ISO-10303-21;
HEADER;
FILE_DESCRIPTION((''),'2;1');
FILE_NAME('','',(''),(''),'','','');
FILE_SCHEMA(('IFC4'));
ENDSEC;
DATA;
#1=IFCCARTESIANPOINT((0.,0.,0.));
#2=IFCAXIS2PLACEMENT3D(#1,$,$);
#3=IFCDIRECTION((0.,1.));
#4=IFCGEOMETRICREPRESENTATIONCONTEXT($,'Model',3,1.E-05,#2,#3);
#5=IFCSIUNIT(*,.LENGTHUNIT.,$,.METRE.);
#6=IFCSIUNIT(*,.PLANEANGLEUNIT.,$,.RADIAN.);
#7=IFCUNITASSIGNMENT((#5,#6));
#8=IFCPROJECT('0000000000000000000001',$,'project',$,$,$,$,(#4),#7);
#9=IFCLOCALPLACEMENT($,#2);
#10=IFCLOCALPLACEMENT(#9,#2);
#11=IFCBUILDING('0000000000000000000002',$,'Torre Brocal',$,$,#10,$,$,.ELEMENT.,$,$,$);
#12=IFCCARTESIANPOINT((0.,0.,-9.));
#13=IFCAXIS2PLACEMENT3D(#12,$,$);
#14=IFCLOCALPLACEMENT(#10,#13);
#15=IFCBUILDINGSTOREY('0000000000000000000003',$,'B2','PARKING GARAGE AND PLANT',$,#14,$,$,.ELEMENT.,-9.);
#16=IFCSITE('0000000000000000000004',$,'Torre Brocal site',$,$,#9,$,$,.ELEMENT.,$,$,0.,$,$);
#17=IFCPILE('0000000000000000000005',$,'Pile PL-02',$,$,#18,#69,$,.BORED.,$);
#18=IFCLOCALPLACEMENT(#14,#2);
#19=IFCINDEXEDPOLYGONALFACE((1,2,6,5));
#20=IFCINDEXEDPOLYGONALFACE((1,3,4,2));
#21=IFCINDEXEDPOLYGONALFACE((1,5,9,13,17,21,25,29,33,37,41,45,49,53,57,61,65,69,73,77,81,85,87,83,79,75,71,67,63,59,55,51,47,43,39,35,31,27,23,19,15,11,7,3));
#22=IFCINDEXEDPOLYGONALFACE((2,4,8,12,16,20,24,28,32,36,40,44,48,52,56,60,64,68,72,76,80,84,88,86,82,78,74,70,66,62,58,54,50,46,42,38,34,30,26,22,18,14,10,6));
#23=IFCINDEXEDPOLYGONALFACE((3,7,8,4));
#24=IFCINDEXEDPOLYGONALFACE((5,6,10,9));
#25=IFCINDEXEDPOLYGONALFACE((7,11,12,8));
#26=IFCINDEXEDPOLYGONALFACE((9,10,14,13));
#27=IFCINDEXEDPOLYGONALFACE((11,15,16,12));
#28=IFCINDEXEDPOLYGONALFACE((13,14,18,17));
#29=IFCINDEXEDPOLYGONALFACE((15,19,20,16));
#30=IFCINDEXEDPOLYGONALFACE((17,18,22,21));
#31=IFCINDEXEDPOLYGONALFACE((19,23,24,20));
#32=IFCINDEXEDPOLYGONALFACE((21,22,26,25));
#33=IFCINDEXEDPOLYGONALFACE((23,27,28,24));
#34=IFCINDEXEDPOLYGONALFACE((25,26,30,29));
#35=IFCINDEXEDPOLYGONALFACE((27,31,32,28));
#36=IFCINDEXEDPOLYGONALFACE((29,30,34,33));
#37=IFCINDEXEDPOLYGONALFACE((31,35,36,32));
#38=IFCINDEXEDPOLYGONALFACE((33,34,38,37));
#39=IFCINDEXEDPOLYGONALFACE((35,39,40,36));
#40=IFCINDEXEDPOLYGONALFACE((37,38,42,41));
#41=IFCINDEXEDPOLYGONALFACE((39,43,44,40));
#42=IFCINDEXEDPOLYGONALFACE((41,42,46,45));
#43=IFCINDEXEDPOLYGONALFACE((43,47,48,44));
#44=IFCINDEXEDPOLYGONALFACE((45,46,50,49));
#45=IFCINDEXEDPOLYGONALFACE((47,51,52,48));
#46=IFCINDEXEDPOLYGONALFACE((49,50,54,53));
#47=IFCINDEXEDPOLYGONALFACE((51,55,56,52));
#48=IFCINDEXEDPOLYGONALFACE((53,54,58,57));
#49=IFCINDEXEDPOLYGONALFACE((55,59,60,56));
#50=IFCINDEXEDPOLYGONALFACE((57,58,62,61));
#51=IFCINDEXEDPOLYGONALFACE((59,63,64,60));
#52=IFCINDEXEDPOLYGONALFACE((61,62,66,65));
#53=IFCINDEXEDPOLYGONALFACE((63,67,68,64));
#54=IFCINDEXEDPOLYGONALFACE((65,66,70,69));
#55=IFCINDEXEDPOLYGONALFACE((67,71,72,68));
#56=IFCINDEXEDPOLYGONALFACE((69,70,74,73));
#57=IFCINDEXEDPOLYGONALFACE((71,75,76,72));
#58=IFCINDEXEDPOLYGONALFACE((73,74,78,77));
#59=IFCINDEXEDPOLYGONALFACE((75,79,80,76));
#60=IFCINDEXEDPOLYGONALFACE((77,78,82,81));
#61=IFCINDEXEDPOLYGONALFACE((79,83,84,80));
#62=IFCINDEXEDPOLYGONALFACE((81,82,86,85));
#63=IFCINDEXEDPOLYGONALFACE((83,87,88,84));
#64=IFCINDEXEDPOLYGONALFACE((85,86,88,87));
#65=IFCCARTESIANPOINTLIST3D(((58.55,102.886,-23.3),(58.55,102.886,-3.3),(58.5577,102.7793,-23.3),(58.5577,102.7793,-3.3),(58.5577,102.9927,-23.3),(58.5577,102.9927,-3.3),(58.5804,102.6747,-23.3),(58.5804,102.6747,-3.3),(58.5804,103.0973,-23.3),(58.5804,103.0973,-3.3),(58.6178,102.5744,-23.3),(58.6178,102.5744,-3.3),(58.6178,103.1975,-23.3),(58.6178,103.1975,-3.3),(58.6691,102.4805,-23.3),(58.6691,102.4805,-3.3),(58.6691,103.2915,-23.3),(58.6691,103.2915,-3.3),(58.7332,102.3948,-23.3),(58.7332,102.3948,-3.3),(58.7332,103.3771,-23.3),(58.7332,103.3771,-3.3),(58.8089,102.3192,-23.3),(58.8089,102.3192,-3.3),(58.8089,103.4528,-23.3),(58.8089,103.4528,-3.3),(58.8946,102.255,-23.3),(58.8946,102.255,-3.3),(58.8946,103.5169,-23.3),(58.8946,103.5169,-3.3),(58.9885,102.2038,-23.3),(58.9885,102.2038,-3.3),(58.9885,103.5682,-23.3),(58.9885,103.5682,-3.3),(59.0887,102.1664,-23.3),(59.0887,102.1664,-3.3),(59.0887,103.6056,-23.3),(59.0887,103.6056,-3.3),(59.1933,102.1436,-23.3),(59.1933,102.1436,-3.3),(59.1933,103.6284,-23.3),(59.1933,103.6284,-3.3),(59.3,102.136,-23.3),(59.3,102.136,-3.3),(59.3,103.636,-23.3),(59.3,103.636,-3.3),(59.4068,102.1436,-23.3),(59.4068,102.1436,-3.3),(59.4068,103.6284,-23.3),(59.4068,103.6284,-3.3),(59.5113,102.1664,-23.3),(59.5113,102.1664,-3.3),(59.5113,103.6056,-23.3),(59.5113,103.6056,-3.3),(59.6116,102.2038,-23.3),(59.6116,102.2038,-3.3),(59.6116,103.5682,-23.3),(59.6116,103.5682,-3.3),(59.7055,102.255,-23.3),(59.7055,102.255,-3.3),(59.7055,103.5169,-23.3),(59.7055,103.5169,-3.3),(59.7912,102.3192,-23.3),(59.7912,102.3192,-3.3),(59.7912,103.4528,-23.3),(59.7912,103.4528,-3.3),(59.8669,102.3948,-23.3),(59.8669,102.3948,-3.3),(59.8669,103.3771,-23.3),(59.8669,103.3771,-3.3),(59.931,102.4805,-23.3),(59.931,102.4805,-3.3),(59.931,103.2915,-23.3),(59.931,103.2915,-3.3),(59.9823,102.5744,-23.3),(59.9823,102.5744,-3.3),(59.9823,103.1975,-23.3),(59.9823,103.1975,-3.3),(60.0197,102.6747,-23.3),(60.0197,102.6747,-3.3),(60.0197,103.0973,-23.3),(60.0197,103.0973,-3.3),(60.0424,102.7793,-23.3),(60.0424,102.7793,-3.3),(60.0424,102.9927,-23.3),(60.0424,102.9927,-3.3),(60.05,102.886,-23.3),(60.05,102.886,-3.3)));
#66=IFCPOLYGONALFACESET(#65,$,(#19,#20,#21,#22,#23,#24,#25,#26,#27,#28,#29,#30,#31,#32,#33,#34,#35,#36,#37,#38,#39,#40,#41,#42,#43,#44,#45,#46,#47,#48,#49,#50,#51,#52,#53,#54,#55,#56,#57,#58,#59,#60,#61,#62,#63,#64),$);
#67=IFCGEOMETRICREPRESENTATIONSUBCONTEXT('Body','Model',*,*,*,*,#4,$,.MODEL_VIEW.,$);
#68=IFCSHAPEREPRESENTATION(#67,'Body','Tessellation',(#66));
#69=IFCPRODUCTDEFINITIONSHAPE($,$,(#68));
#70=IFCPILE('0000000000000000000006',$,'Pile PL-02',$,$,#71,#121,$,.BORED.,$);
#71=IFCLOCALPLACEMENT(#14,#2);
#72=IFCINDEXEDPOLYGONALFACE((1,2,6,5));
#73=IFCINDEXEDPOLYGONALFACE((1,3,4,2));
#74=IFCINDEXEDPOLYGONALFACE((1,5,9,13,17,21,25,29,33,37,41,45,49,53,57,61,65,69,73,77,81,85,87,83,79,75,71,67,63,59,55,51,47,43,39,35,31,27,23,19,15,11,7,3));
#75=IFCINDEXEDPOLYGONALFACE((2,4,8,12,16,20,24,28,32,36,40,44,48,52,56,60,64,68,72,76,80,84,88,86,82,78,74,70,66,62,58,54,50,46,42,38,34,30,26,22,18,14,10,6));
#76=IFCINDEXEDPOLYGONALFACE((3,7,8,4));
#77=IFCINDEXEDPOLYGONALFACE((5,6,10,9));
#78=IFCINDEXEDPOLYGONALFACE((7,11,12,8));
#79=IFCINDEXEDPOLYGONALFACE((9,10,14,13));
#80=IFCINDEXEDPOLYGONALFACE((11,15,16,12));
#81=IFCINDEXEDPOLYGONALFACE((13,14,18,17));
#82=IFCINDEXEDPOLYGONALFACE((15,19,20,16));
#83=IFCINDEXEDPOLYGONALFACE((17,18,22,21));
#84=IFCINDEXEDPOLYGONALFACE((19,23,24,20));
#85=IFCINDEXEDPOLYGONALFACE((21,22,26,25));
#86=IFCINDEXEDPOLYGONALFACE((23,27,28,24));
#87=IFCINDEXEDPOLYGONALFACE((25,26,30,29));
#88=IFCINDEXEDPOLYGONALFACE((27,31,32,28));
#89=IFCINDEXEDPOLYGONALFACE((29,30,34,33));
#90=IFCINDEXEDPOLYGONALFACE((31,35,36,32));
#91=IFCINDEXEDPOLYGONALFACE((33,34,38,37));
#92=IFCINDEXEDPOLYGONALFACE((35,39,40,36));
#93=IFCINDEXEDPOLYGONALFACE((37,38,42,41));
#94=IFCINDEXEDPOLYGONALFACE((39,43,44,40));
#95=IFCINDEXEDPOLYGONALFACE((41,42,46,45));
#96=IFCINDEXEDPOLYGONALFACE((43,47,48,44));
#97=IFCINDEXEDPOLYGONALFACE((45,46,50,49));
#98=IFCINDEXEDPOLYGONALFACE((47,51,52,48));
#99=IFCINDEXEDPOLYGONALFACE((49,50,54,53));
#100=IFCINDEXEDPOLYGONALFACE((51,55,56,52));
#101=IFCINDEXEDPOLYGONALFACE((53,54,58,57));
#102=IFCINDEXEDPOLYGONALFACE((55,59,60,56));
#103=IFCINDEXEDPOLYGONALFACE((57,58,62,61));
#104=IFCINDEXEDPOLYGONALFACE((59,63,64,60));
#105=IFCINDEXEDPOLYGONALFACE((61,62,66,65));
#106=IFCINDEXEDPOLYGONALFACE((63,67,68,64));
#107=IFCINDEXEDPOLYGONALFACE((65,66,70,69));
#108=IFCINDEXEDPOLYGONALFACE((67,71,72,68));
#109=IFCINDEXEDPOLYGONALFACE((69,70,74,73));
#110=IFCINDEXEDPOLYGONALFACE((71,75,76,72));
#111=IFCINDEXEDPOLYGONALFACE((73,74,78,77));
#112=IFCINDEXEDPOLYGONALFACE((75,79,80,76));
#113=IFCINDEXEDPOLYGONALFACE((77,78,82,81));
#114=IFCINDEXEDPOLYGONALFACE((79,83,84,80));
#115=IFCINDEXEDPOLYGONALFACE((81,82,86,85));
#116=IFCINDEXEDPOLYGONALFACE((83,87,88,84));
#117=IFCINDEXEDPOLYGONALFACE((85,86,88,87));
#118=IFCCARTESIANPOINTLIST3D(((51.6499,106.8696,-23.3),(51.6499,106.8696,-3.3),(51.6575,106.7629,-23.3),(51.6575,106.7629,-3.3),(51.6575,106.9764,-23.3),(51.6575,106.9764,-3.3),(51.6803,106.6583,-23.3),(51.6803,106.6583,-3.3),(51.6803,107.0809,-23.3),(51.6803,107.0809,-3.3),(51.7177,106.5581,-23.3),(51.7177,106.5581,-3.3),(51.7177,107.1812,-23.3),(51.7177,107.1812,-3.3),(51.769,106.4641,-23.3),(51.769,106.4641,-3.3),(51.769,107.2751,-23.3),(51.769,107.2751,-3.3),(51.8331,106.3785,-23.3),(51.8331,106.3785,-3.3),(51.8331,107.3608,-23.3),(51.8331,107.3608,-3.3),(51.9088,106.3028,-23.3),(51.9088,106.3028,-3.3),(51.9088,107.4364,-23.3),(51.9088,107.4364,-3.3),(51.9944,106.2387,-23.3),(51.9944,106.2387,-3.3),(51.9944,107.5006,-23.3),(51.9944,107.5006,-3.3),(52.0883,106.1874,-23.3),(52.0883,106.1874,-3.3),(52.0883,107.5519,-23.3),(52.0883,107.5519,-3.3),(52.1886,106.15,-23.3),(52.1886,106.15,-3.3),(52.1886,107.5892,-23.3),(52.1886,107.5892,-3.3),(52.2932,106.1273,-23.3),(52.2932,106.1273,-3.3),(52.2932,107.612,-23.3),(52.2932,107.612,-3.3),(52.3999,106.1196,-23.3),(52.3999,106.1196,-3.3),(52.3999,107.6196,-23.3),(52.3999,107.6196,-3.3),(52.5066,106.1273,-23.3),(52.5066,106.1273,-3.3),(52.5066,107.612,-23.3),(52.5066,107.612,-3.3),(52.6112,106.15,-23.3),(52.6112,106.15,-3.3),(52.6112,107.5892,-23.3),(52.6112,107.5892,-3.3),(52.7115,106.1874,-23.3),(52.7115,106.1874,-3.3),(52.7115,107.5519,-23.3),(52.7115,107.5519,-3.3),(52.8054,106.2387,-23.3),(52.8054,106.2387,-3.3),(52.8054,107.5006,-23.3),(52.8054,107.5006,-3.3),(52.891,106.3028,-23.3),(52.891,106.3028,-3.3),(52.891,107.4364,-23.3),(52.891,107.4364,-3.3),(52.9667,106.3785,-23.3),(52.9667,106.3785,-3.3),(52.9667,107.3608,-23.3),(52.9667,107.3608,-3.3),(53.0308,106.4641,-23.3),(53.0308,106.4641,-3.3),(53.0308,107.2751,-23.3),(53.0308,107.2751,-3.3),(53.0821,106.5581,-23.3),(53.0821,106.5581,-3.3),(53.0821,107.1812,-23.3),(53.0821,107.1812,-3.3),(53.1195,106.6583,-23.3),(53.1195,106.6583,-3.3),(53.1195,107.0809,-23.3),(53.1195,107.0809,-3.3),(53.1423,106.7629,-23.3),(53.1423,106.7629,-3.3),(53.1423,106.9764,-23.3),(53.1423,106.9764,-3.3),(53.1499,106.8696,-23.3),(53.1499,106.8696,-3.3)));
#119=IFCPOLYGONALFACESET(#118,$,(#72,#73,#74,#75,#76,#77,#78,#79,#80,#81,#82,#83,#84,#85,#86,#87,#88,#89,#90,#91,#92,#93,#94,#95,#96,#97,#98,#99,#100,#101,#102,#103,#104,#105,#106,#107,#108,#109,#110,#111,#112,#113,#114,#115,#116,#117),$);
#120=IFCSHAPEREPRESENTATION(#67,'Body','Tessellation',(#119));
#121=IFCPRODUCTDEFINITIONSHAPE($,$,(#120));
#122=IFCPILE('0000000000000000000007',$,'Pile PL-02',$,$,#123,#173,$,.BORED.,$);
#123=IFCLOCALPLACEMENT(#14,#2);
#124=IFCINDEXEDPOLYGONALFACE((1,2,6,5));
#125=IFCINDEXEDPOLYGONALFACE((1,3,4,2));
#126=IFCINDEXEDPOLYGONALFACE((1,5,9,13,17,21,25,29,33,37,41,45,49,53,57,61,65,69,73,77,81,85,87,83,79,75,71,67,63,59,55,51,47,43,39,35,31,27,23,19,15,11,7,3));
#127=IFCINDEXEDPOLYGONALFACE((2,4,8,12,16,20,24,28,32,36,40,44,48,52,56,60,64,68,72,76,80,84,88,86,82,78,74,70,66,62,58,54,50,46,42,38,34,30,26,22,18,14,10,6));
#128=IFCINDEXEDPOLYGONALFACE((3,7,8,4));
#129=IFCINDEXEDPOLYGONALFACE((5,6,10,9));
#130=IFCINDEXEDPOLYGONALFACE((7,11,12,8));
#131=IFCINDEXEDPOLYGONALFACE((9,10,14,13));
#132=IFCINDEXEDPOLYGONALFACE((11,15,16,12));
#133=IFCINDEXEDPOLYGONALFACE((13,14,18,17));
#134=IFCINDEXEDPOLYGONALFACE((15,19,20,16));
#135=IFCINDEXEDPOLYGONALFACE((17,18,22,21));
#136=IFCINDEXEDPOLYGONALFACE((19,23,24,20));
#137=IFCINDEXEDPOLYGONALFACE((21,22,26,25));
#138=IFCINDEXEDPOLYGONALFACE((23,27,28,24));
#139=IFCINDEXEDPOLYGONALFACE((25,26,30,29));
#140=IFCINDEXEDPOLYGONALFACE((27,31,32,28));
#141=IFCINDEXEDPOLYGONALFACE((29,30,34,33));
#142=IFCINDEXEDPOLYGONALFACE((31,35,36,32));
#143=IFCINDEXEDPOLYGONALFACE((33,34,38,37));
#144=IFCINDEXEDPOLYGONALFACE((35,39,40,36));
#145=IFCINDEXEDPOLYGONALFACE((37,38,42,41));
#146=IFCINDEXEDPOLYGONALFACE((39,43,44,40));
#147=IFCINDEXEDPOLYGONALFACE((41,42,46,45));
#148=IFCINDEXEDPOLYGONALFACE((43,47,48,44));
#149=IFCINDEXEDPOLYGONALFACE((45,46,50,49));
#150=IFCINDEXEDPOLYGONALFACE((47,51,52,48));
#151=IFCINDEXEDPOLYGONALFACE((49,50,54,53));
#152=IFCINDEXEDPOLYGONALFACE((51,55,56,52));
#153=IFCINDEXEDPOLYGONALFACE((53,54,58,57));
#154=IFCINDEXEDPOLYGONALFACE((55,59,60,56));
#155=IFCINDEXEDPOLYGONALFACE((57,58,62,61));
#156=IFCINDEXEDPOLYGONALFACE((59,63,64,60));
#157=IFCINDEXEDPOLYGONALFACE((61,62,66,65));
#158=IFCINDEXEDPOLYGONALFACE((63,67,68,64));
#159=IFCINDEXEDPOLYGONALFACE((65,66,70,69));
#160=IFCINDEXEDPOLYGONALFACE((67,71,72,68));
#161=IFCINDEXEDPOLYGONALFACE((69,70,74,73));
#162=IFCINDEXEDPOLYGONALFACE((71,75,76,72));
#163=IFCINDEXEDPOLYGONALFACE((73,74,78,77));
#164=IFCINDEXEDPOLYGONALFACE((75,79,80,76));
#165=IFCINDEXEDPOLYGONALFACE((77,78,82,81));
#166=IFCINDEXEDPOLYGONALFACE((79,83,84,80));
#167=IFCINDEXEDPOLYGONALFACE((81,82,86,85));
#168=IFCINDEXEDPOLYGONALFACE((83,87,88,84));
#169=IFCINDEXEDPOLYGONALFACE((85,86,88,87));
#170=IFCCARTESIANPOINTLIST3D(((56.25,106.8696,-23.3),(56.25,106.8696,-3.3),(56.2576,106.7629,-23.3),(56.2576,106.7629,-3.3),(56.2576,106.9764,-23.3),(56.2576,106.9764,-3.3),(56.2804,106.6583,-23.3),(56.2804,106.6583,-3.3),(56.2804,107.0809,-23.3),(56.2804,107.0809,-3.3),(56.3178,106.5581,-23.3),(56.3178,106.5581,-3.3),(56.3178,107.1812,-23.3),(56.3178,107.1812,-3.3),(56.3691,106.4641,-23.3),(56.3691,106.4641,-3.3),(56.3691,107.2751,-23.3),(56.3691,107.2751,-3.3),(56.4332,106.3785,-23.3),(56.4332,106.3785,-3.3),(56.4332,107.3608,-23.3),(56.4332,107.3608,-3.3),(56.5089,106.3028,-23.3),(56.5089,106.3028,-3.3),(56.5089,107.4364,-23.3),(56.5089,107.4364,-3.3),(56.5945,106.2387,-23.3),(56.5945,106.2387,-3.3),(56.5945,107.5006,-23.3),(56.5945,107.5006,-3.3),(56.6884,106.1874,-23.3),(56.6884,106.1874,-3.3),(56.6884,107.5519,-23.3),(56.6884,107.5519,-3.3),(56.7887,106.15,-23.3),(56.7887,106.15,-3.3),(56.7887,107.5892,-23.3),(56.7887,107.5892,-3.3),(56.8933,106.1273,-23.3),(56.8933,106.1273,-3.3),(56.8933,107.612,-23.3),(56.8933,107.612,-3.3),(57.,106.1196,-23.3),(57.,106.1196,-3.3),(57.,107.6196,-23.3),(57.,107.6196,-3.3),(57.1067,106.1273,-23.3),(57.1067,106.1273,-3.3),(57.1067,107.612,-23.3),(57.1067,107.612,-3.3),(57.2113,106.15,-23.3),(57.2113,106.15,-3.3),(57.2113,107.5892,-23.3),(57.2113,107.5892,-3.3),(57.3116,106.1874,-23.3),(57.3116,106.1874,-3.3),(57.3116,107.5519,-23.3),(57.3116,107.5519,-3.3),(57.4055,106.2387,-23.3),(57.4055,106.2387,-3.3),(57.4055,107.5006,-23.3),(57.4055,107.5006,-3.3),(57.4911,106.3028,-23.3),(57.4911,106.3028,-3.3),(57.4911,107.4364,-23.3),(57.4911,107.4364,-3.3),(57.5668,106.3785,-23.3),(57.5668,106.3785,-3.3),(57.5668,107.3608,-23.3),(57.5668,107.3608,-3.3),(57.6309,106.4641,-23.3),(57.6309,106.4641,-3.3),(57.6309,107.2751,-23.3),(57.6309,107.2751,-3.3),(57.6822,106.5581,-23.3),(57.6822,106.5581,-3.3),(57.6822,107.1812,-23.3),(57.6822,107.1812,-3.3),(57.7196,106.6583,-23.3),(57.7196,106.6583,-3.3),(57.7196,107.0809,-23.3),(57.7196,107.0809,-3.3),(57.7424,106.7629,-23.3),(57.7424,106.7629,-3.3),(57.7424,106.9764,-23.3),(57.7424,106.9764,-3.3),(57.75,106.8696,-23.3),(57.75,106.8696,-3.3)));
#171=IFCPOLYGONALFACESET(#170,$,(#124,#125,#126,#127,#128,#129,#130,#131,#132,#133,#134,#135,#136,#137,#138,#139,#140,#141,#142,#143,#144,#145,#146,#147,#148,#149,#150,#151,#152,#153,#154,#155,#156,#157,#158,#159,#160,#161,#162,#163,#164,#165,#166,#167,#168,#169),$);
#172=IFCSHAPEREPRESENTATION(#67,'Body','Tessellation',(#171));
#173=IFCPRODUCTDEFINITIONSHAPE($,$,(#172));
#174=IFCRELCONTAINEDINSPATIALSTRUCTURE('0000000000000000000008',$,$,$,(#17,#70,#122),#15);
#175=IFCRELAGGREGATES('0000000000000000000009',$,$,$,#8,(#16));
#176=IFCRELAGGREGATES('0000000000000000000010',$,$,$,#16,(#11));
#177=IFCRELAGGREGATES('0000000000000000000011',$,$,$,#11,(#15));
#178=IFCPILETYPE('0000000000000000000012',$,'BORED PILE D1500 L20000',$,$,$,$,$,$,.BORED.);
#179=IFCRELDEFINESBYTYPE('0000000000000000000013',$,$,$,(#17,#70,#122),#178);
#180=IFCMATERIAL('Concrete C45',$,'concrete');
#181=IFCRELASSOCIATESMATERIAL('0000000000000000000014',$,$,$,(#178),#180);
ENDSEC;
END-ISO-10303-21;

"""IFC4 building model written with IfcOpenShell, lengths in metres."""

from ifc_helpers import new_model, si_unit, direction, frame, origin, origin_2d, place, context, subcontext, project, spatial, circle, extrude, material, material_profile, profile_set, type_object, element, save


model = new_model("IFC4")

# Units and contexts
model_context = context("Model", 3, precision=1e-05, world=origin(), true_north=direction((0.0, 1.0)))
body_context = subcontext(model_context, "Body", "Model", "MODEL_VIEW")
ifc_project = project(units=[si_unit("LENGTHUNIT", "METRE"), si_unit("PLANEANGLEUNIT", "RADIAN")], contexts=[model_context])

# Site, building, storey
site_placement = place(None, origin())
site = spatial("IfcSite", under=ifc_project, at=site_placement, Name="Torre Brocal site", CompositionType="ELEMENT", RefElevation=0.0)
building_placement = place(site_placement, origin())
building = spatial("IfcBuilding", under=site, at=building_placement, Name="Torre Brocal", CompositionType="ELEMENT")
storey_placement = place(building_placement, frame((0.0, 0.0, -9.0)))
storey = spatial("IfcBuildingStorey", under=building, at=storey_placement, Name="B2", Description="PARKING GARAGE AND PLANT", CompositionType="ELEMENT", Elevation=-9.0)

# Piles
ifc_material_1 = material(Name="Concrete C45", Category="concrete")
ifc_material_profile_1 = material_profile(ifc_material_1, circle(Radius=0.75, at=origin_2d()), Name="BORED PILE D1500")
ifc_profile_set_1 = profile_set([ifc_material_profile_1], Name="Concrete C45")
pile_type_1 = type_object("IfcPileType", Name="BORED PILE D1500 L20000", PredefinedType="BORED", material=ifc_profile_set_1)
for number, where, z_axis, x_axis, name in (
    (1, (59.3, 102.886, -3.3), (0.0, 0.0, -1.0), (1.0, 0.0, 0.0), "Pile PL-02"),
    (2, (52.3999, 106.8696, -3.3), (0.0, 0.0, -1.0), (1.0, 0.0, 0.0), "Pile PL-02"),
    (3, (57.0, 106.8696, -3.3), (0.0, 0.0, -1.0), (1.0, 0.0, 0.0), "Pile PL-02"),
):
    element("IfcPile", number, at=place(storey_placement, frame(where, z_axis=z_axis, x_axis=x_axis)), inside=storey, type_object=pile_type_1, Name=name, PredefinedType="BORED", context=body_context, shape_type="SweptSolid", body=[
        extrude(circle(Radius=0.75, at=origin_2d()), origin(), (0.0, 0.0, 1.0), 20.0),
    ])

save(model, "model.ifc")
